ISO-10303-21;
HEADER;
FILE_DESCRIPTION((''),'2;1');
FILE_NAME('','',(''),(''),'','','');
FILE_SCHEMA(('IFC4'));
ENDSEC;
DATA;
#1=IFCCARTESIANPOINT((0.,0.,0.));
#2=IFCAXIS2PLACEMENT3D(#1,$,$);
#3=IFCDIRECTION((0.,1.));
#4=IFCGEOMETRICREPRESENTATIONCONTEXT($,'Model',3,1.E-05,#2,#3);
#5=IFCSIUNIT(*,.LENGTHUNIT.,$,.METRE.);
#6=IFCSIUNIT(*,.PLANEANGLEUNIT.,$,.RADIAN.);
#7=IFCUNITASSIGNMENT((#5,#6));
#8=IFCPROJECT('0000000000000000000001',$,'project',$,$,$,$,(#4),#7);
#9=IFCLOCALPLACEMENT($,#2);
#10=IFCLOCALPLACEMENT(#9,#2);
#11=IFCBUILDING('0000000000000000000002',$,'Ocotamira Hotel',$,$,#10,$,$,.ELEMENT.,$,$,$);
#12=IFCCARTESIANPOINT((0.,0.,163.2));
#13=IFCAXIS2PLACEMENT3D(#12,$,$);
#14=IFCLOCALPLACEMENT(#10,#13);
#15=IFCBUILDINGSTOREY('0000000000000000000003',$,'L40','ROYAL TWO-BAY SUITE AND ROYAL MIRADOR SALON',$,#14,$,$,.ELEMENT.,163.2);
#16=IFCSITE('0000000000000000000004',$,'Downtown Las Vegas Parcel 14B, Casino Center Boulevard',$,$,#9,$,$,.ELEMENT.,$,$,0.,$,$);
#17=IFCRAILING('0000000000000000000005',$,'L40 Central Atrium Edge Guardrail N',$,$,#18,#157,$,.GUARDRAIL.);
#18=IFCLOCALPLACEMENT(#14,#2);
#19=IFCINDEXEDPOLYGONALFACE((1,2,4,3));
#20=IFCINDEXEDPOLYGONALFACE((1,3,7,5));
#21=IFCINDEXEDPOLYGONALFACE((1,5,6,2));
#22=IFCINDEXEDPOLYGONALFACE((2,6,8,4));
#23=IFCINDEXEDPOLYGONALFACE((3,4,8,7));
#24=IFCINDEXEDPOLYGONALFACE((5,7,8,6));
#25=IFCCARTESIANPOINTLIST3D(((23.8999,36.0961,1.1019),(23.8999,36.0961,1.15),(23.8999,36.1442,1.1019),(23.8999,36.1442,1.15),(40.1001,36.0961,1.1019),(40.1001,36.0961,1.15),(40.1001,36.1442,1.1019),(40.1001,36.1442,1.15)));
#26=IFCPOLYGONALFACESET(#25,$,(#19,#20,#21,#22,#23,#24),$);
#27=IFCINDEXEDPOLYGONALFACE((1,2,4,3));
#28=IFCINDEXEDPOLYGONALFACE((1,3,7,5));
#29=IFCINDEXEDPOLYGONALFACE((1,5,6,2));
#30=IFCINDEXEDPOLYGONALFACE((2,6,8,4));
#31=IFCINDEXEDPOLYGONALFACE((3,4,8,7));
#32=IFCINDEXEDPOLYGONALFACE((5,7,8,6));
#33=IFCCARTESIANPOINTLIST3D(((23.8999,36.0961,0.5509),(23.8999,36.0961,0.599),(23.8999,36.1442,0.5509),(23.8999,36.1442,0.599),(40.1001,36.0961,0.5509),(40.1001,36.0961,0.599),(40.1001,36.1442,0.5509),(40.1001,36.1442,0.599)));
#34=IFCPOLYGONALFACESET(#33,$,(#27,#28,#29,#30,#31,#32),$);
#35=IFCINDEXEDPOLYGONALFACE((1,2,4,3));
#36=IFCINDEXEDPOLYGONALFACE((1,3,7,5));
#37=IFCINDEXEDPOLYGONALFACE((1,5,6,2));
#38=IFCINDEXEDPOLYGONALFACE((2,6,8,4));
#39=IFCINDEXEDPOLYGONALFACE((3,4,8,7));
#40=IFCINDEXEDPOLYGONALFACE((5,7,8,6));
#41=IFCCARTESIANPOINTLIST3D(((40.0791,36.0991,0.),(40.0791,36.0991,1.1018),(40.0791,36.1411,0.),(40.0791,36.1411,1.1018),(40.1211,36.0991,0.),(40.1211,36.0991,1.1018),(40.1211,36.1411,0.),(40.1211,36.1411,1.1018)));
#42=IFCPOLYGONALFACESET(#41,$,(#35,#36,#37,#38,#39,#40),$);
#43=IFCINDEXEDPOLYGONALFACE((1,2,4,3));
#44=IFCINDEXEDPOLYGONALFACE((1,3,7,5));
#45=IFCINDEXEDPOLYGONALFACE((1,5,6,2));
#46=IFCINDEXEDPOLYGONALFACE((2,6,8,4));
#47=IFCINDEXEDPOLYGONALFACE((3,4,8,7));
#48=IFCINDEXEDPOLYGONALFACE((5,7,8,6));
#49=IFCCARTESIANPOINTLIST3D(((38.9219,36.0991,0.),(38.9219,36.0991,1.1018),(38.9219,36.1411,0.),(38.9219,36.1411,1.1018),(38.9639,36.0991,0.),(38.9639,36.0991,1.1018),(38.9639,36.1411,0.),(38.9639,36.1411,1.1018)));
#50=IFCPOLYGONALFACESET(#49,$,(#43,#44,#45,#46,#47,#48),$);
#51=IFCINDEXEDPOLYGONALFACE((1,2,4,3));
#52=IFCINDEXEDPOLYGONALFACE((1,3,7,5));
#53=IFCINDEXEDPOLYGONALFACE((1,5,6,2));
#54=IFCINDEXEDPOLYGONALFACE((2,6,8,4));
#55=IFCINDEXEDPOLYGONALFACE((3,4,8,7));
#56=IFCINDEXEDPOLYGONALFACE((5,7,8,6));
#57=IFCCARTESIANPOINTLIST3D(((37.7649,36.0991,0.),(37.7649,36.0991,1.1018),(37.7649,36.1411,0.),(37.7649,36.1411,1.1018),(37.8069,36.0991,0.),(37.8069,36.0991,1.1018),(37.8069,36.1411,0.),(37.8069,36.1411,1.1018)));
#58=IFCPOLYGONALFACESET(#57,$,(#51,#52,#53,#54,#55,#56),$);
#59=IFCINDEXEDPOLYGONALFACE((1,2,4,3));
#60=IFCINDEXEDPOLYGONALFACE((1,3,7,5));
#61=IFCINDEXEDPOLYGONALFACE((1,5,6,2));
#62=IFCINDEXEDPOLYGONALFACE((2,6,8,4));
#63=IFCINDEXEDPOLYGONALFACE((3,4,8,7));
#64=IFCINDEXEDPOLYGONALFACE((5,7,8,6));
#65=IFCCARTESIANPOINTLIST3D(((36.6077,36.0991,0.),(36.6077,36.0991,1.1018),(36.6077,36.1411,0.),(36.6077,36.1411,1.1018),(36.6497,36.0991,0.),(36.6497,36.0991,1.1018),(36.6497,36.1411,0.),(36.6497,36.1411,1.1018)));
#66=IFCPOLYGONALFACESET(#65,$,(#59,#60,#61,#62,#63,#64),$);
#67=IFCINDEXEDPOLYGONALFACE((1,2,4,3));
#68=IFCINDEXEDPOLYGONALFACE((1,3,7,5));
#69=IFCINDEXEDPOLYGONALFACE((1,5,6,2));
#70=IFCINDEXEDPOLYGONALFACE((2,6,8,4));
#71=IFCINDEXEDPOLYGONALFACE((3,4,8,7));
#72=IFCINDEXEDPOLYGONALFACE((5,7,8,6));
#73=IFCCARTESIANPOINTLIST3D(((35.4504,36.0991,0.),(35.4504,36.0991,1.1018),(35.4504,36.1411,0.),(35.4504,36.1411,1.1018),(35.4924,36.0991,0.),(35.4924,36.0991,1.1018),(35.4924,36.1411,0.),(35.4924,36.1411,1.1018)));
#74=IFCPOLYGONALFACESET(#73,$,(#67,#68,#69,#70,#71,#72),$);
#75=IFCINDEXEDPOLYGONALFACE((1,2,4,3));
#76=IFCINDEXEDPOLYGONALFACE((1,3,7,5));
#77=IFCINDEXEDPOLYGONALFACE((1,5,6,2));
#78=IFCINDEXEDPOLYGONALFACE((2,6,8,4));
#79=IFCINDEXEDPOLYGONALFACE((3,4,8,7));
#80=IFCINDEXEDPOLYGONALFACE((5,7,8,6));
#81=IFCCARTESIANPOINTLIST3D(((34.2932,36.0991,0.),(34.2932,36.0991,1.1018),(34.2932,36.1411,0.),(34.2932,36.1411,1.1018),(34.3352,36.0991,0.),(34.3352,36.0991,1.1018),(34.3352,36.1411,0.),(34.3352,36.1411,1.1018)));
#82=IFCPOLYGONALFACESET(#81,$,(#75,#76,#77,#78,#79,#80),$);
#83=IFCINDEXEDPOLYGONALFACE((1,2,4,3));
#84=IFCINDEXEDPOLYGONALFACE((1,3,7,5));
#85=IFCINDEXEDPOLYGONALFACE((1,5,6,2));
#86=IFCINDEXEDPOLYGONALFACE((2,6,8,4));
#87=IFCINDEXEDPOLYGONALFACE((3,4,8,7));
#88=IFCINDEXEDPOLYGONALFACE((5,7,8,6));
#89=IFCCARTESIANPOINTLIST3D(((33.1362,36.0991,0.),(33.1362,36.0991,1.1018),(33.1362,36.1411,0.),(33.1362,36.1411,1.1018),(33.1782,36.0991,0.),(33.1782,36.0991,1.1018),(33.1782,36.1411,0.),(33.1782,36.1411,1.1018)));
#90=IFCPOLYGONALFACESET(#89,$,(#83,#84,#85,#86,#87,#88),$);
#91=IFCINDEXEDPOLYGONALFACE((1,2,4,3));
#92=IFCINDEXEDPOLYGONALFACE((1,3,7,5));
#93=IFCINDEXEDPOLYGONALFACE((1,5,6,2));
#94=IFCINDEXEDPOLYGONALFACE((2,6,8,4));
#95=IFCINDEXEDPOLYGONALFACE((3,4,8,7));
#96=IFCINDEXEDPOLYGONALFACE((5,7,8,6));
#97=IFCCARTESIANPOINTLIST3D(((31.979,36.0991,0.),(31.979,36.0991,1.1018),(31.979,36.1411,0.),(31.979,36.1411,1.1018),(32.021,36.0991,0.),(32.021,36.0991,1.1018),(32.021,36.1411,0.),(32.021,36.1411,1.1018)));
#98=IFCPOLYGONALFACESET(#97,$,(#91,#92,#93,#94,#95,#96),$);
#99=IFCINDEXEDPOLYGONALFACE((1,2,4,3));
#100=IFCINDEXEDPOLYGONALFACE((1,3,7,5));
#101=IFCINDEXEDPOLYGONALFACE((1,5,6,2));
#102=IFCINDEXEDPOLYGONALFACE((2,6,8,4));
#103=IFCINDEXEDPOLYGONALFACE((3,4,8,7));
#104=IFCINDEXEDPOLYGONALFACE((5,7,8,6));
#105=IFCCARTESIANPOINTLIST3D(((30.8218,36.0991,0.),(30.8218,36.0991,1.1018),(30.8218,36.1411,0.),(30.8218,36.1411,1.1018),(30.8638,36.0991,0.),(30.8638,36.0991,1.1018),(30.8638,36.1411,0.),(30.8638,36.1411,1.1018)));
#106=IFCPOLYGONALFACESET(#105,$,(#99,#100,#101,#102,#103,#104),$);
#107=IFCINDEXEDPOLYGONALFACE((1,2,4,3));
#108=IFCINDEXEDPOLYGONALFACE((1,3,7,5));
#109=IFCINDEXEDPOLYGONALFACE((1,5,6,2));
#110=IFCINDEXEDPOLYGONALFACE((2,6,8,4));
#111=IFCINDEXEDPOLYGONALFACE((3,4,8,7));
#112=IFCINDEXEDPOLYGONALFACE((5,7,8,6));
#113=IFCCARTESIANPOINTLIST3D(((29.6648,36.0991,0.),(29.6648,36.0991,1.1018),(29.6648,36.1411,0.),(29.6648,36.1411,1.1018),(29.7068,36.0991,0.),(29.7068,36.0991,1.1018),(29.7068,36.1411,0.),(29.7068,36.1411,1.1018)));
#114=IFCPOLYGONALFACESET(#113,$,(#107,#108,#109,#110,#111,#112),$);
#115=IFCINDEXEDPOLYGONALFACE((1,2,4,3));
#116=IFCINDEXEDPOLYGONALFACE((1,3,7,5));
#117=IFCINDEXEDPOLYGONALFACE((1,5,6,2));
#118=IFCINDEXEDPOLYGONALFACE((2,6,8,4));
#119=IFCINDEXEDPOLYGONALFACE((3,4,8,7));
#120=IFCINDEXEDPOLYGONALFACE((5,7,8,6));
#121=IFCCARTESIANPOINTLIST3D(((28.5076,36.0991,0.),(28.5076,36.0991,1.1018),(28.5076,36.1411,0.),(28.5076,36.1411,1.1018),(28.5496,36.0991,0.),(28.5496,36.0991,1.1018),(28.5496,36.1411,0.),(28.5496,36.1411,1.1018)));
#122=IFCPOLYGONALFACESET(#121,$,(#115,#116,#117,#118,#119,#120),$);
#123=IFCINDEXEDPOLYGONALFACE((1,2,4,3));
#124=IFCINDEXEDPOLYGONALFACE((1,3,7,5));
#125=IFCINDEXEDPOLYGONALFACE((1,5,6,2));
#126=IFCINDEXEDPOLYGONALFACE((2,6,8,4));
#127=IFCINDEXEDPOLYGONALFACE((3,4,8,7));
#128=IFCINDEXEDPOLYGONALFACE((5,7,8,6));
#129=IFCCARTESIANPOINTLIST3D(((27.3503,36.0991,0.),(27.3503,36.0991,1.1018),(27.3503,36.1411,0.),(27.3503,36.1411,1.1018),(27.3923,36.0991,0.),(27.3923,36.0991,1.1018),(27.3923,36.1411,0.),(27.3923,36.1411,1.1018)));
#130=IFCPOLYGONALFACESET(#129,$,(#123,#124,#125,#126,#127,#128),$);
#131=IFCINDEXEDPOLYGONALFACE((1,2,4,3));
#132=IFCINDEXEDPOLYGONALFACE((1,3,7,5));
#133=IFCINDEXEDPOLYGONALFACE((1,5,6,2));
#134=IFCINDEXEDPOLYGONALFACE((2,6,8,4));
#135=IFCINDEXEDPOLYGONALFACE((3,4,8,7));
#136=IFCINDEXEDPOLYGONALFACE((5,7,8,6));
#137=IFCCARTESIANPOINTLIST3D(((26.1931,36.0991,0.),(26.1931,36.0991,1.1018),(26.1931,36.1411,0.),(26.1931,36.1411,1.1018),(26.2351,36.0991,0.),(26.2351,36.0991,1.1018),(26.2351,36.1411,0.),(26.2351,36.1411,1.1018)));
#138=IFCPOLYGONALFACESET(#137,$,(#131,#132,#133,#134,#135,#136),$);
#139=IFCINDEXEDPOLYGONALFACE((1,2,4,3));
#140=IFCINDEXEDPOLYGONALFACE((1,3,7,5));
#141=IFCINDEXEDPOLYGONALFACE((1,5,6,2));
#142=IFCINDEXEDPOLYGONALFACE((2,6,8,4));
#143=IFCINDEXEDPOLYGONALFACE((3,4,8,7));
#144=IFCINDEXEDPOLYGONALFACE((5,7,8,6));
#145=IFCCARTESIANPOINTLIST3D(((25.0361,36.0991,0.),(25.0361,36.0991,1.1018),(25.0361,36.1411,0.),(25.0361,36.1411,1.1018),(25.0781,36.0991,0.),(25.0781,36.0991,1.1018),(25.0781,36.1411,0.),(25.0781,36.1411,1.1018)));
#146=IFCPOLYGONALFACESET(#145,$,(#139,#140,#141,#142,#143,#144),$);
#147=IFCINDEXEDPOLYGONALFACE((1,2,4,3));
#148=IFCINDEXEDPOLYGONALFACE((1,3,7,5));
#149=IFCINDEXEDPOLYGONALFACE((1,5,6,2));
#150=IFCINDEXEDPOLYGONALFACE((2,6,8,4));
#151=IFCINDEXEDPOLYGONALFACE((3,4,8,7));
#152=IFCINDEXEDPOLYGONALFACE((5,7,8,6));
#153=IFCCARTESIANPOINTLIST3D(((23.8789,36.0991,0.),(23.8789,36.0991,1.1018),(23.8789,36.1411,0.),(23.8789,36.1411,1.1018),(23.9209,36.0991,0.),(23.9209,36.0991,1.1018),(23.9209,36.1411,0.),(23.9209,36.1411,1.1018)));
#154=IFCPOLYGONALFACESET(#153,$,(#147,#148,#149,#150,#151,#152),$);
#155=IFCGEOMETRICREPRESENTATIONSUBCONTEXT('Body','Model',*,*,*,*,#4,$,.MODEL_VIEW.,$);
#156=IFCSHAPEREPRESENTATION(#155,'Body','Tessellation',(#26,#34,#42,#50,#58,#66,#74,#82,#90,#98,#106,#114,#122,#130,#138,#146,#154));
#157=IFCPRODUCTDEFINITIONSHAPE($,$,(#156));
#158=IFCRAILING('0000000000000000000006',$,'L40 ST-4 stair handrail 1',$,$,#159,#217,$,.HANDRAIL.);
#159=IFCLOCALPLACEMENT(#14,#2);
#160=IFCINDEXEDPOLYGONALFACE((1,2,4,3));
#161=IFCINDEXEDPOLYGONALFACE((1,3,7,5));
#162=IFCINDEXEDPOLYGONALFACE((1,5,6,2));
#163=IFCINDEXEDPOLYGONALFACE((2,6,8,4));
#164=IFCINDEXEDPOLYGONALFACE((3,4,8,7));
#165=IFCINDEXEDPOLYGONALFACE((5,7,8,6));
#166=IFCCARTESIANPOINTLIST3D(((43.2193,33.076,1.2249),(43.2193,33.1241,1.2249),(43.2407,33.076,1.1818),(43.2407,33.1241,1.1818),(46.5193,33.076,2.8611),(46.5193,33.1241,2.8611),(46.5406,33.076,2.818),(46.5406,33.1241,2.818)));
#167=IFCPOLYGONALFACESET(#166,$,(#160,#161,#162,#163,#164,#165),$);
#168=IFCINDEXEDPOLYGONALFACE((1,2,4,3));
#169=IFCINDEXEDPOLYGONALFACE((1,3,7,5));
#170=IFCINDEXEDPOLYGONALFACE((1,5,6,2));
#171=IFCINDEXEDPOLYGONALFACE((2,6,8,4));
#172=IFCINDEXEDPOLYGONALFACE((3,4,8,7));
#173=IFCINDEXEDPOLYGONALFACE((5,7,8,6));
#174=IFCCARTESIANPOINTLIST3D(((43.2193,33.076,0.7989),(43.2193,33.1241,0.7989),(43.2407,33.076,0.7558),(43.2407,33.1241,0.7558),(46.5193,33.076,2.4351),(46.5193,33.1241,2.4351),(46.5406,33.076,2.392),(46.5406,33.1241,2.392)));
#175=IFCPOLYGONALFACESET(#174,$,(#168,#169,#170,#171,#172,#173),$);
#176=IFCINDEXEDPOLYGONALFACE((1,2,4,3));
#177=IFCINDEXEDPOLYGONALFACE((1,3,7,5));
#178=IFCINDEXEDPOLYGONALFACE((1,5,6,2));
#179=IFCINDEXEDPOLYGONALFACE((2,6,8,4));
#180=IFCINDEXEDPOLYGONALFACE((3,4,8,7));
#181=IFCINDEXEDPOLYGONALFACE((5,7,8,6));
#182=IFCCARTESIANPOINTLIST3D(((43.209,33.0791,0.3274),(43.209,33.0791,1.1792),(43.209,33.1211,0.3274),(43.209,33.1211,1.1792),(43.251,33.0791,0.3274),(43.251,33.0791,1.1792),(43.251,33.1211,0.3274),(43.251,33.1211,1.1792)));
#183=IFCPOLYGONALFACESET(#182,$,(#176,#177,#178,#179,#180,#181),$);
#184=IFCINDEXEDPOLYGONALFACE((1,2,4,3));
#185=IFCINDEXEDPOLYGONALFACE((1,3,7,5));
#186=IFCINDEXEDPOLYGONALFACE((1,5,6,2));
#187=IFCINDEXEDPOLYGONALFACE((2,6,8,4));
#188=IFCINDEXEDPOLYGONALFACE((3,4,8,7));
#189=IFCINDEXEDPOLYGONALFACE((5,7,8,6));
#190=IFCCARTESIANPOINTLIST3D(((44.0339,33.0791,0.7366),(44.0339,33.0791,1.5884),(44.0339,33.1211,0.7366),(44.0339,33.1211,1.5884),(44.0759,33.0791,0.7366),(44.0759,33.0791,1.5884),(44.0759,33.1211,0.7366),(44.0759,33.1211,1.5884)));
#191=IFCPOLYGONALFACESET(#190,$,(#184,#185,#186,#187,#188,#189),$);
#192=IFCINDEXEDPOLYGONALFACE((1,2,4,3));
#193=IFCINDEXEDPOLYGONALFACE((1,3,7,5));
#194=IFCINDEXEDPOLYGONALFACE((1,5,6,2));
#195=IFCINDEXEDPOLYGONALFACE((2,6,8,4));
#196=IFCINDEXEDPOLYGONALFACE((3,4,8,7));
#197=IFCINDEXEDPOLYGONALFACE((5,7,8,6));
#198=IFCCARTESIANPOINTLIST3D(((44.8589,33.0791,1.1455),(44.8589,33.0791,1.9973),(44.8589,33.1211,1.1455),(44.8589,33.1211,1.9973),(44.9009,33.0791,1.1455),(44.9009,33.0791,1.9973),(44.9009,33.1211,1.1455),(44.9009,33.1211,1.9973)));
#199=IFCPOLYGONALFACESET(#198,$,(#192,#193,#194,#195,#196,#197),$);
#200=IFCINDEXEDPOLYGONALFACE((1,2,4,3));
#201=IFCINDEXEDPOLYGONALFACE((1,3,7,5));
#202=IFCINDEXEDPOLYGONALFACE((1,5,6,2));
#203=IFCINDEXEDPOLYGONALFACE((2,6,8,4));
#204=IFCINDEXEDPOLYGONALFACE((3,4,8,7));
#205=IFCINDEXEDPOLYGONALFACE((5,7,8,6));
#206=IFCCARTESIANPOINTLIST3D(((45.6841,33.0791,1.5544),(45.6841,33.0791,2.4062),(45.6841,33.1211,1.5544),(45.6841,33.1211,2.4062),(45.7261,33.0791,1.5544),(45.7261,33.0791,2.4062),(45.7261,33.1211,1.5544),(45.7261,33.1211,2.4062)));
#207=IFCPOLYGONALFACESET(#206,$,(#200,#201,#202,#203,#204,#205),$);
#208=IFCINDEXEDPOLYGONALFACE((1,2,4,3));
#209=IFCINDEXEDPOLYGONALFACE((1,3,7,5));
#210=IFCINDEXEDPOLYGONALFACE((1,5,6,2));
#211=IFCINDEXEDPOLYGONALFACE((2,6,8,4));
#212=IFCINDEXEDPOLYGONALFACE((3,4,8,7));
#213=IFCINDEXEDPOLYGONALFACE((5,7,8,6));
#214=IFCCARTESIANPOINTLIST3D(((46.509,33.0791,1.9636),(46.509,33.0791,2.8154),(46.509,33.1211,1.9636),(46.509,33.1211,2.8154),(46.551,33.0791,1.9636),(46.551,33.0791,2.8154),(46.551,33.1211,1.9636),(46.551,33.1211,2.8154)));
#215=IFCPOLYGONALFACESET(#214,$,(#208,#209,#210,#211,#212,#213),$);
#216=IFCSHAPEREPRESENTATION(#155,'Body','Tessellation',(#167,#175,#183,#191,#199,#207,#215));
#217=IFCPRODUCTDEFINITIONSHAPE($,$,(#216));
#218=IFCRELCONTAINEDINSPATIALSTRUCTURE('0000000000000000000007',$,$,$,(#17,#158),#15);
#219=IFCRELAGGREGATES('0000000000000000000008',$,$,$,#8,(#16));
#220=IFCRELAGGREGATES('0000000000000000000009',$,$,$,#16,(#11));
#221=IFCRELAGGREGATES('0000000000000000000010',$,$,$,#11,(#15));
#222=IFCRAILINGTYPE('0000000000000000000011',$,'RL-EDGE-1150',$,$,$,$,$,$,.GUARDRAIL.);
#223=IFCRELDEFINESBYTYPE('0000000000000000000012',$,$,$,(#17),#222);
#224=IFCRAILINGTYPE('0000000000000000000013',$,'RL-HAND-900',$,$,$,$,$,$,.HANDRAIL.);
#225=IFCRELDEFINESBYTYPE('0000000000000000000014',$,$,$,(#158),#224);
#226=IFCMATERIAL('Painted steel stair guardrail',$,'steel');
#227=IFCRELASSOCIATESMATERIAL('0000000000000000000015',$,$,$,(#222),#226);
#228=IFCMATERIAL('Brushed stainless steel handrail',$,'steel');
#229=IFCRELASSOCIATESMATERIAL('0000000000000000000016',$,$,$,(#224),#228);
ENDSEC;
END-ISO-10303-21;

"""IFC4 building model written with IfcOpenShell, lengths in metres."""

from ifc_helpers import new_model, si_unit, direction, frame, origin, origin_2d, place, context, subcontext, project, spatial, rectangle, extrude, material, type_object, element, save


model = new_model("IFC4")

# Units and contexts
model_context = context("Model", 3, precision=1e-05, world=origin(), true_north=direction((0.0, 1.0)))
body_context = subcontext(model_context, "Body", "Model", "MODEL_VIEW")
ifc_project = project(units=[si_unit("LENGTHUNIT", "METRE"), si_unit("PLANEANGLEUNIT", "RADIAN")], contexts=[model_context])

# Site, building, storey
site_placement = place(None, origin())
site = spatial("IfcSite", under=ifc_project, at=site_placement, Name="Downtown Las Vegas Parcel 14B, Casino Center Boulevard", CompositionType="ELEMENT", RefElevation=0.0)
building_placement = place(site_placement, origin())
building = spatial("IfcBuilding", under=site, at=building_placement, Name="Ocotamira Hotel", CompositionType="ELEMENT")
storey_placement = place(building_placement, frame((0.0, 0.0, 163.2)))
storey = spatial("IfcBuildingStorey", under=building, at=storey_placement, Name="L40", Description="ROYAL TWO-BAY SUITE AND ROYAL MIRADOR SALON", CompositionType="ELEMENT", Elevation=163.2)

# Railings
ifc_material_1 = material(Name="Painted steel stair guardrail", Category="steel")
railing_type_1 = type_object("IfcRailingType", Name="RL-EDGE-1150", PredefinedType="GUARDRAIL", material=ifc_material_1)
railing_1_placement = place(storey_placement, frame((40.1001, 36.1201, 0.0)))
element("IfcRailing", 1, at=railing_1_placement, inside=storey, type_object=railing_type_1, Name="L40 Central Atrium Edge Guardrail N", PredefinedType="GUARDRAIL", context=body_context, shape_type="SweptSolid", body=[
    extrude(rectangle(XDim=0.0481, YDim=0.0481, at=origin_2d()), frame((0.0, 0.0, 1.126), z_axis=(-1.0, 0.0, 0.0), x_axis=(0.0, -1.0, 0.0)), (0.0, 0.0, 1.0), 16.2002),
    extrude(rectangle(XDim=0.0481, YDim=0.0481, at=origin_2d()), frame((0.0, 0.0, 0.575), z_axis=(-1.0, 0.0, 0.0), x_axis=(0.0, -1.0, 0.0)), (0.0, 0.0, 1.0), 16.2002),
    extrude(rectangle(XDim=0.042, YDim=0.042, at=origin_2d()), origin(), (0.0, 0.0, 1.0), 1.1018),
    extrude(rectangle(XDim=0.042, YDim=0.042, at=origin_2d()), frame((-1.1572, 0.0, 0.0)), (0.0, 0.0, 1.0), 1.1018),
    extrude(rectangle(XDim=0.042, YDim=0.042, at=origin_2d()), frame((-2.3142, 0.0, 0.0)), (0.0, 0.0, 1.0), 1.1018),
    extrude(rectangle(XDim=0.042, YDim=0.042, at=origin_2d()), frame((-3.4714, 0.0, 0.0)), (0.0, 0.0, 1.0), 1.1018),
    extrude(rectangle(XDim=0.042, YDim=0.042, at=origin_2d()), frame((-4.6287, 0.0, 0.0)), (0.0, 0.0, 1.0), 1.1018),
    extrude(rectangle(XDim=0.042, YDim=0.042, at=origin_2d()), frame((-5.7859, 0.0, 0.0)), (0.0, 0.0, 1.0), 1.1018),
    extrude(rectangle(XDim=0.042, YDim=0.042, at=origin_2d()), frame((-6.9429, 0.0, 0.0)), (0.0, 0.0, 1.0), 1.1018),
    extrude(rectangle(XDim=0.042, YDim=0.042, at=origin_2d()), frame((-8.1001, 0.0, 0.0)), (0.0, 0.0, 1.0), 1.1018),
    extrude(rectangle(XDim=0.042, YDim=0.042, at=origin_2d()), frame((-9.2573, 0.0, 0.0)), (0.0, 0.0, 1.0), 1.1018),
    extrude(rectangle(XDim=0.042, YDim=0.042, at=origin_2d()), frame((-10.4143, 0.0, 0.0)), (0.0, 0.0, 1.0), 1.1018),
    extrude(rectangle(XDim=0.042, YDim=0.042, at=origin_2d()), frame((-11.5715, 0.0, 0.0)), (0.0, 0.0, 1.0), 1.1018),
    extrude(rectangle(XDim=0.042, YDim=0.042, at=origin_2d()), frame((-12.7288, 0.0, 0.0)), (0.0, 0.0, 1.0), 1.1018),
    extrude(rectangle(XDim=0.042, YDim=0.042, at=origin_2d()), frame((-13.886, 0.0, 0.0)), (0.0, 0.0, 1.0), 1.1018),
    extrude(rectangle(XDim=0.042, YDim=0.042, at=origin_2d()), frame((-15.043, 0.0, 0.0)), (0.0, 0.0, 1.0), 1.1018),
    extrude(rectangle(XDim=0.042, YDim=0.042, at=origin_2d()), frame((-16.2002, 0.0, 0.0)), (0.0, 0.0, 1.0), 1.1018),
])
ifc_material_2 = material(Name="Brushed stainless steel handrail", Category="steel")
railing_type_2 = type_object("IfcRailingType", Name="RL-HAND-900", PredefinedType="HANDRAIL", material=ifc_material_2)
railing_2_placement = place(storey_placement, frame((43.23, 33.1001, 0.3274)))
element("IfcRailing", 2, at=railing_2_placement, inside=storey, type_object=railing_type_2, Name="L40 ST-4 stair handrail 1", PredefinedType="HANDRAIL", context=body_context, shape_type="SweptSolid", body=[
    extrude(rectangle(XDim=0.0481, YDim=0.0481, at=origin_2d()), frame((0.0, 0.0, 0.876), z_axis=(0.89592, 0.0, 0.444215), x_axis=(0.0, 1.0, 0.0)), (0.0, 0.0, 1.0), 3.6833),
    extrude(rectangle(XDim=0.0481, YDim=0.0481, at=origin_2d()), frame((0.0, 0.0, 0.45), z_axis=(0.89592, 0.0, 0.444215), x_axis=(0.0, 1.0, 0.0)), (0.0, 0.0, 1.0), 3.6833),
    extrude(rectangle(XDim=0.042, YDim=0.042, at=origin_2d()), origin(), (0.0, 0.0, 1.0), 0.8518),
    extrude(rectangle(XDim=0.042, YDim=0.042, at=origin_2d()), frame((0.825, 0.0, 0.4092)), (0.0, 0.0, 1.0), 0.8518),
    extrude(rectangle(XDim=0.042, YDim=0.042, at=origin_2d()), frame((1.6499, 0.0, 0.8181)), (0.0, 0.0, 1.0), 0.8518),
    extrude(rectangle(XDim=0.042, YDim=0.042, at=origin_2d()), frame((2.4751, 0.0, 1.2271)), (0.0, 0.0, 1.0), 0.8518),
    extrude(rectangle(XDim=0.042, YDim=0.042, at=origin_2d()), frame((3.3, 0.0, 1.6362)), (0.0, 0.0, 1.0), 0.8518),
])

save(model, "model.ifc")
